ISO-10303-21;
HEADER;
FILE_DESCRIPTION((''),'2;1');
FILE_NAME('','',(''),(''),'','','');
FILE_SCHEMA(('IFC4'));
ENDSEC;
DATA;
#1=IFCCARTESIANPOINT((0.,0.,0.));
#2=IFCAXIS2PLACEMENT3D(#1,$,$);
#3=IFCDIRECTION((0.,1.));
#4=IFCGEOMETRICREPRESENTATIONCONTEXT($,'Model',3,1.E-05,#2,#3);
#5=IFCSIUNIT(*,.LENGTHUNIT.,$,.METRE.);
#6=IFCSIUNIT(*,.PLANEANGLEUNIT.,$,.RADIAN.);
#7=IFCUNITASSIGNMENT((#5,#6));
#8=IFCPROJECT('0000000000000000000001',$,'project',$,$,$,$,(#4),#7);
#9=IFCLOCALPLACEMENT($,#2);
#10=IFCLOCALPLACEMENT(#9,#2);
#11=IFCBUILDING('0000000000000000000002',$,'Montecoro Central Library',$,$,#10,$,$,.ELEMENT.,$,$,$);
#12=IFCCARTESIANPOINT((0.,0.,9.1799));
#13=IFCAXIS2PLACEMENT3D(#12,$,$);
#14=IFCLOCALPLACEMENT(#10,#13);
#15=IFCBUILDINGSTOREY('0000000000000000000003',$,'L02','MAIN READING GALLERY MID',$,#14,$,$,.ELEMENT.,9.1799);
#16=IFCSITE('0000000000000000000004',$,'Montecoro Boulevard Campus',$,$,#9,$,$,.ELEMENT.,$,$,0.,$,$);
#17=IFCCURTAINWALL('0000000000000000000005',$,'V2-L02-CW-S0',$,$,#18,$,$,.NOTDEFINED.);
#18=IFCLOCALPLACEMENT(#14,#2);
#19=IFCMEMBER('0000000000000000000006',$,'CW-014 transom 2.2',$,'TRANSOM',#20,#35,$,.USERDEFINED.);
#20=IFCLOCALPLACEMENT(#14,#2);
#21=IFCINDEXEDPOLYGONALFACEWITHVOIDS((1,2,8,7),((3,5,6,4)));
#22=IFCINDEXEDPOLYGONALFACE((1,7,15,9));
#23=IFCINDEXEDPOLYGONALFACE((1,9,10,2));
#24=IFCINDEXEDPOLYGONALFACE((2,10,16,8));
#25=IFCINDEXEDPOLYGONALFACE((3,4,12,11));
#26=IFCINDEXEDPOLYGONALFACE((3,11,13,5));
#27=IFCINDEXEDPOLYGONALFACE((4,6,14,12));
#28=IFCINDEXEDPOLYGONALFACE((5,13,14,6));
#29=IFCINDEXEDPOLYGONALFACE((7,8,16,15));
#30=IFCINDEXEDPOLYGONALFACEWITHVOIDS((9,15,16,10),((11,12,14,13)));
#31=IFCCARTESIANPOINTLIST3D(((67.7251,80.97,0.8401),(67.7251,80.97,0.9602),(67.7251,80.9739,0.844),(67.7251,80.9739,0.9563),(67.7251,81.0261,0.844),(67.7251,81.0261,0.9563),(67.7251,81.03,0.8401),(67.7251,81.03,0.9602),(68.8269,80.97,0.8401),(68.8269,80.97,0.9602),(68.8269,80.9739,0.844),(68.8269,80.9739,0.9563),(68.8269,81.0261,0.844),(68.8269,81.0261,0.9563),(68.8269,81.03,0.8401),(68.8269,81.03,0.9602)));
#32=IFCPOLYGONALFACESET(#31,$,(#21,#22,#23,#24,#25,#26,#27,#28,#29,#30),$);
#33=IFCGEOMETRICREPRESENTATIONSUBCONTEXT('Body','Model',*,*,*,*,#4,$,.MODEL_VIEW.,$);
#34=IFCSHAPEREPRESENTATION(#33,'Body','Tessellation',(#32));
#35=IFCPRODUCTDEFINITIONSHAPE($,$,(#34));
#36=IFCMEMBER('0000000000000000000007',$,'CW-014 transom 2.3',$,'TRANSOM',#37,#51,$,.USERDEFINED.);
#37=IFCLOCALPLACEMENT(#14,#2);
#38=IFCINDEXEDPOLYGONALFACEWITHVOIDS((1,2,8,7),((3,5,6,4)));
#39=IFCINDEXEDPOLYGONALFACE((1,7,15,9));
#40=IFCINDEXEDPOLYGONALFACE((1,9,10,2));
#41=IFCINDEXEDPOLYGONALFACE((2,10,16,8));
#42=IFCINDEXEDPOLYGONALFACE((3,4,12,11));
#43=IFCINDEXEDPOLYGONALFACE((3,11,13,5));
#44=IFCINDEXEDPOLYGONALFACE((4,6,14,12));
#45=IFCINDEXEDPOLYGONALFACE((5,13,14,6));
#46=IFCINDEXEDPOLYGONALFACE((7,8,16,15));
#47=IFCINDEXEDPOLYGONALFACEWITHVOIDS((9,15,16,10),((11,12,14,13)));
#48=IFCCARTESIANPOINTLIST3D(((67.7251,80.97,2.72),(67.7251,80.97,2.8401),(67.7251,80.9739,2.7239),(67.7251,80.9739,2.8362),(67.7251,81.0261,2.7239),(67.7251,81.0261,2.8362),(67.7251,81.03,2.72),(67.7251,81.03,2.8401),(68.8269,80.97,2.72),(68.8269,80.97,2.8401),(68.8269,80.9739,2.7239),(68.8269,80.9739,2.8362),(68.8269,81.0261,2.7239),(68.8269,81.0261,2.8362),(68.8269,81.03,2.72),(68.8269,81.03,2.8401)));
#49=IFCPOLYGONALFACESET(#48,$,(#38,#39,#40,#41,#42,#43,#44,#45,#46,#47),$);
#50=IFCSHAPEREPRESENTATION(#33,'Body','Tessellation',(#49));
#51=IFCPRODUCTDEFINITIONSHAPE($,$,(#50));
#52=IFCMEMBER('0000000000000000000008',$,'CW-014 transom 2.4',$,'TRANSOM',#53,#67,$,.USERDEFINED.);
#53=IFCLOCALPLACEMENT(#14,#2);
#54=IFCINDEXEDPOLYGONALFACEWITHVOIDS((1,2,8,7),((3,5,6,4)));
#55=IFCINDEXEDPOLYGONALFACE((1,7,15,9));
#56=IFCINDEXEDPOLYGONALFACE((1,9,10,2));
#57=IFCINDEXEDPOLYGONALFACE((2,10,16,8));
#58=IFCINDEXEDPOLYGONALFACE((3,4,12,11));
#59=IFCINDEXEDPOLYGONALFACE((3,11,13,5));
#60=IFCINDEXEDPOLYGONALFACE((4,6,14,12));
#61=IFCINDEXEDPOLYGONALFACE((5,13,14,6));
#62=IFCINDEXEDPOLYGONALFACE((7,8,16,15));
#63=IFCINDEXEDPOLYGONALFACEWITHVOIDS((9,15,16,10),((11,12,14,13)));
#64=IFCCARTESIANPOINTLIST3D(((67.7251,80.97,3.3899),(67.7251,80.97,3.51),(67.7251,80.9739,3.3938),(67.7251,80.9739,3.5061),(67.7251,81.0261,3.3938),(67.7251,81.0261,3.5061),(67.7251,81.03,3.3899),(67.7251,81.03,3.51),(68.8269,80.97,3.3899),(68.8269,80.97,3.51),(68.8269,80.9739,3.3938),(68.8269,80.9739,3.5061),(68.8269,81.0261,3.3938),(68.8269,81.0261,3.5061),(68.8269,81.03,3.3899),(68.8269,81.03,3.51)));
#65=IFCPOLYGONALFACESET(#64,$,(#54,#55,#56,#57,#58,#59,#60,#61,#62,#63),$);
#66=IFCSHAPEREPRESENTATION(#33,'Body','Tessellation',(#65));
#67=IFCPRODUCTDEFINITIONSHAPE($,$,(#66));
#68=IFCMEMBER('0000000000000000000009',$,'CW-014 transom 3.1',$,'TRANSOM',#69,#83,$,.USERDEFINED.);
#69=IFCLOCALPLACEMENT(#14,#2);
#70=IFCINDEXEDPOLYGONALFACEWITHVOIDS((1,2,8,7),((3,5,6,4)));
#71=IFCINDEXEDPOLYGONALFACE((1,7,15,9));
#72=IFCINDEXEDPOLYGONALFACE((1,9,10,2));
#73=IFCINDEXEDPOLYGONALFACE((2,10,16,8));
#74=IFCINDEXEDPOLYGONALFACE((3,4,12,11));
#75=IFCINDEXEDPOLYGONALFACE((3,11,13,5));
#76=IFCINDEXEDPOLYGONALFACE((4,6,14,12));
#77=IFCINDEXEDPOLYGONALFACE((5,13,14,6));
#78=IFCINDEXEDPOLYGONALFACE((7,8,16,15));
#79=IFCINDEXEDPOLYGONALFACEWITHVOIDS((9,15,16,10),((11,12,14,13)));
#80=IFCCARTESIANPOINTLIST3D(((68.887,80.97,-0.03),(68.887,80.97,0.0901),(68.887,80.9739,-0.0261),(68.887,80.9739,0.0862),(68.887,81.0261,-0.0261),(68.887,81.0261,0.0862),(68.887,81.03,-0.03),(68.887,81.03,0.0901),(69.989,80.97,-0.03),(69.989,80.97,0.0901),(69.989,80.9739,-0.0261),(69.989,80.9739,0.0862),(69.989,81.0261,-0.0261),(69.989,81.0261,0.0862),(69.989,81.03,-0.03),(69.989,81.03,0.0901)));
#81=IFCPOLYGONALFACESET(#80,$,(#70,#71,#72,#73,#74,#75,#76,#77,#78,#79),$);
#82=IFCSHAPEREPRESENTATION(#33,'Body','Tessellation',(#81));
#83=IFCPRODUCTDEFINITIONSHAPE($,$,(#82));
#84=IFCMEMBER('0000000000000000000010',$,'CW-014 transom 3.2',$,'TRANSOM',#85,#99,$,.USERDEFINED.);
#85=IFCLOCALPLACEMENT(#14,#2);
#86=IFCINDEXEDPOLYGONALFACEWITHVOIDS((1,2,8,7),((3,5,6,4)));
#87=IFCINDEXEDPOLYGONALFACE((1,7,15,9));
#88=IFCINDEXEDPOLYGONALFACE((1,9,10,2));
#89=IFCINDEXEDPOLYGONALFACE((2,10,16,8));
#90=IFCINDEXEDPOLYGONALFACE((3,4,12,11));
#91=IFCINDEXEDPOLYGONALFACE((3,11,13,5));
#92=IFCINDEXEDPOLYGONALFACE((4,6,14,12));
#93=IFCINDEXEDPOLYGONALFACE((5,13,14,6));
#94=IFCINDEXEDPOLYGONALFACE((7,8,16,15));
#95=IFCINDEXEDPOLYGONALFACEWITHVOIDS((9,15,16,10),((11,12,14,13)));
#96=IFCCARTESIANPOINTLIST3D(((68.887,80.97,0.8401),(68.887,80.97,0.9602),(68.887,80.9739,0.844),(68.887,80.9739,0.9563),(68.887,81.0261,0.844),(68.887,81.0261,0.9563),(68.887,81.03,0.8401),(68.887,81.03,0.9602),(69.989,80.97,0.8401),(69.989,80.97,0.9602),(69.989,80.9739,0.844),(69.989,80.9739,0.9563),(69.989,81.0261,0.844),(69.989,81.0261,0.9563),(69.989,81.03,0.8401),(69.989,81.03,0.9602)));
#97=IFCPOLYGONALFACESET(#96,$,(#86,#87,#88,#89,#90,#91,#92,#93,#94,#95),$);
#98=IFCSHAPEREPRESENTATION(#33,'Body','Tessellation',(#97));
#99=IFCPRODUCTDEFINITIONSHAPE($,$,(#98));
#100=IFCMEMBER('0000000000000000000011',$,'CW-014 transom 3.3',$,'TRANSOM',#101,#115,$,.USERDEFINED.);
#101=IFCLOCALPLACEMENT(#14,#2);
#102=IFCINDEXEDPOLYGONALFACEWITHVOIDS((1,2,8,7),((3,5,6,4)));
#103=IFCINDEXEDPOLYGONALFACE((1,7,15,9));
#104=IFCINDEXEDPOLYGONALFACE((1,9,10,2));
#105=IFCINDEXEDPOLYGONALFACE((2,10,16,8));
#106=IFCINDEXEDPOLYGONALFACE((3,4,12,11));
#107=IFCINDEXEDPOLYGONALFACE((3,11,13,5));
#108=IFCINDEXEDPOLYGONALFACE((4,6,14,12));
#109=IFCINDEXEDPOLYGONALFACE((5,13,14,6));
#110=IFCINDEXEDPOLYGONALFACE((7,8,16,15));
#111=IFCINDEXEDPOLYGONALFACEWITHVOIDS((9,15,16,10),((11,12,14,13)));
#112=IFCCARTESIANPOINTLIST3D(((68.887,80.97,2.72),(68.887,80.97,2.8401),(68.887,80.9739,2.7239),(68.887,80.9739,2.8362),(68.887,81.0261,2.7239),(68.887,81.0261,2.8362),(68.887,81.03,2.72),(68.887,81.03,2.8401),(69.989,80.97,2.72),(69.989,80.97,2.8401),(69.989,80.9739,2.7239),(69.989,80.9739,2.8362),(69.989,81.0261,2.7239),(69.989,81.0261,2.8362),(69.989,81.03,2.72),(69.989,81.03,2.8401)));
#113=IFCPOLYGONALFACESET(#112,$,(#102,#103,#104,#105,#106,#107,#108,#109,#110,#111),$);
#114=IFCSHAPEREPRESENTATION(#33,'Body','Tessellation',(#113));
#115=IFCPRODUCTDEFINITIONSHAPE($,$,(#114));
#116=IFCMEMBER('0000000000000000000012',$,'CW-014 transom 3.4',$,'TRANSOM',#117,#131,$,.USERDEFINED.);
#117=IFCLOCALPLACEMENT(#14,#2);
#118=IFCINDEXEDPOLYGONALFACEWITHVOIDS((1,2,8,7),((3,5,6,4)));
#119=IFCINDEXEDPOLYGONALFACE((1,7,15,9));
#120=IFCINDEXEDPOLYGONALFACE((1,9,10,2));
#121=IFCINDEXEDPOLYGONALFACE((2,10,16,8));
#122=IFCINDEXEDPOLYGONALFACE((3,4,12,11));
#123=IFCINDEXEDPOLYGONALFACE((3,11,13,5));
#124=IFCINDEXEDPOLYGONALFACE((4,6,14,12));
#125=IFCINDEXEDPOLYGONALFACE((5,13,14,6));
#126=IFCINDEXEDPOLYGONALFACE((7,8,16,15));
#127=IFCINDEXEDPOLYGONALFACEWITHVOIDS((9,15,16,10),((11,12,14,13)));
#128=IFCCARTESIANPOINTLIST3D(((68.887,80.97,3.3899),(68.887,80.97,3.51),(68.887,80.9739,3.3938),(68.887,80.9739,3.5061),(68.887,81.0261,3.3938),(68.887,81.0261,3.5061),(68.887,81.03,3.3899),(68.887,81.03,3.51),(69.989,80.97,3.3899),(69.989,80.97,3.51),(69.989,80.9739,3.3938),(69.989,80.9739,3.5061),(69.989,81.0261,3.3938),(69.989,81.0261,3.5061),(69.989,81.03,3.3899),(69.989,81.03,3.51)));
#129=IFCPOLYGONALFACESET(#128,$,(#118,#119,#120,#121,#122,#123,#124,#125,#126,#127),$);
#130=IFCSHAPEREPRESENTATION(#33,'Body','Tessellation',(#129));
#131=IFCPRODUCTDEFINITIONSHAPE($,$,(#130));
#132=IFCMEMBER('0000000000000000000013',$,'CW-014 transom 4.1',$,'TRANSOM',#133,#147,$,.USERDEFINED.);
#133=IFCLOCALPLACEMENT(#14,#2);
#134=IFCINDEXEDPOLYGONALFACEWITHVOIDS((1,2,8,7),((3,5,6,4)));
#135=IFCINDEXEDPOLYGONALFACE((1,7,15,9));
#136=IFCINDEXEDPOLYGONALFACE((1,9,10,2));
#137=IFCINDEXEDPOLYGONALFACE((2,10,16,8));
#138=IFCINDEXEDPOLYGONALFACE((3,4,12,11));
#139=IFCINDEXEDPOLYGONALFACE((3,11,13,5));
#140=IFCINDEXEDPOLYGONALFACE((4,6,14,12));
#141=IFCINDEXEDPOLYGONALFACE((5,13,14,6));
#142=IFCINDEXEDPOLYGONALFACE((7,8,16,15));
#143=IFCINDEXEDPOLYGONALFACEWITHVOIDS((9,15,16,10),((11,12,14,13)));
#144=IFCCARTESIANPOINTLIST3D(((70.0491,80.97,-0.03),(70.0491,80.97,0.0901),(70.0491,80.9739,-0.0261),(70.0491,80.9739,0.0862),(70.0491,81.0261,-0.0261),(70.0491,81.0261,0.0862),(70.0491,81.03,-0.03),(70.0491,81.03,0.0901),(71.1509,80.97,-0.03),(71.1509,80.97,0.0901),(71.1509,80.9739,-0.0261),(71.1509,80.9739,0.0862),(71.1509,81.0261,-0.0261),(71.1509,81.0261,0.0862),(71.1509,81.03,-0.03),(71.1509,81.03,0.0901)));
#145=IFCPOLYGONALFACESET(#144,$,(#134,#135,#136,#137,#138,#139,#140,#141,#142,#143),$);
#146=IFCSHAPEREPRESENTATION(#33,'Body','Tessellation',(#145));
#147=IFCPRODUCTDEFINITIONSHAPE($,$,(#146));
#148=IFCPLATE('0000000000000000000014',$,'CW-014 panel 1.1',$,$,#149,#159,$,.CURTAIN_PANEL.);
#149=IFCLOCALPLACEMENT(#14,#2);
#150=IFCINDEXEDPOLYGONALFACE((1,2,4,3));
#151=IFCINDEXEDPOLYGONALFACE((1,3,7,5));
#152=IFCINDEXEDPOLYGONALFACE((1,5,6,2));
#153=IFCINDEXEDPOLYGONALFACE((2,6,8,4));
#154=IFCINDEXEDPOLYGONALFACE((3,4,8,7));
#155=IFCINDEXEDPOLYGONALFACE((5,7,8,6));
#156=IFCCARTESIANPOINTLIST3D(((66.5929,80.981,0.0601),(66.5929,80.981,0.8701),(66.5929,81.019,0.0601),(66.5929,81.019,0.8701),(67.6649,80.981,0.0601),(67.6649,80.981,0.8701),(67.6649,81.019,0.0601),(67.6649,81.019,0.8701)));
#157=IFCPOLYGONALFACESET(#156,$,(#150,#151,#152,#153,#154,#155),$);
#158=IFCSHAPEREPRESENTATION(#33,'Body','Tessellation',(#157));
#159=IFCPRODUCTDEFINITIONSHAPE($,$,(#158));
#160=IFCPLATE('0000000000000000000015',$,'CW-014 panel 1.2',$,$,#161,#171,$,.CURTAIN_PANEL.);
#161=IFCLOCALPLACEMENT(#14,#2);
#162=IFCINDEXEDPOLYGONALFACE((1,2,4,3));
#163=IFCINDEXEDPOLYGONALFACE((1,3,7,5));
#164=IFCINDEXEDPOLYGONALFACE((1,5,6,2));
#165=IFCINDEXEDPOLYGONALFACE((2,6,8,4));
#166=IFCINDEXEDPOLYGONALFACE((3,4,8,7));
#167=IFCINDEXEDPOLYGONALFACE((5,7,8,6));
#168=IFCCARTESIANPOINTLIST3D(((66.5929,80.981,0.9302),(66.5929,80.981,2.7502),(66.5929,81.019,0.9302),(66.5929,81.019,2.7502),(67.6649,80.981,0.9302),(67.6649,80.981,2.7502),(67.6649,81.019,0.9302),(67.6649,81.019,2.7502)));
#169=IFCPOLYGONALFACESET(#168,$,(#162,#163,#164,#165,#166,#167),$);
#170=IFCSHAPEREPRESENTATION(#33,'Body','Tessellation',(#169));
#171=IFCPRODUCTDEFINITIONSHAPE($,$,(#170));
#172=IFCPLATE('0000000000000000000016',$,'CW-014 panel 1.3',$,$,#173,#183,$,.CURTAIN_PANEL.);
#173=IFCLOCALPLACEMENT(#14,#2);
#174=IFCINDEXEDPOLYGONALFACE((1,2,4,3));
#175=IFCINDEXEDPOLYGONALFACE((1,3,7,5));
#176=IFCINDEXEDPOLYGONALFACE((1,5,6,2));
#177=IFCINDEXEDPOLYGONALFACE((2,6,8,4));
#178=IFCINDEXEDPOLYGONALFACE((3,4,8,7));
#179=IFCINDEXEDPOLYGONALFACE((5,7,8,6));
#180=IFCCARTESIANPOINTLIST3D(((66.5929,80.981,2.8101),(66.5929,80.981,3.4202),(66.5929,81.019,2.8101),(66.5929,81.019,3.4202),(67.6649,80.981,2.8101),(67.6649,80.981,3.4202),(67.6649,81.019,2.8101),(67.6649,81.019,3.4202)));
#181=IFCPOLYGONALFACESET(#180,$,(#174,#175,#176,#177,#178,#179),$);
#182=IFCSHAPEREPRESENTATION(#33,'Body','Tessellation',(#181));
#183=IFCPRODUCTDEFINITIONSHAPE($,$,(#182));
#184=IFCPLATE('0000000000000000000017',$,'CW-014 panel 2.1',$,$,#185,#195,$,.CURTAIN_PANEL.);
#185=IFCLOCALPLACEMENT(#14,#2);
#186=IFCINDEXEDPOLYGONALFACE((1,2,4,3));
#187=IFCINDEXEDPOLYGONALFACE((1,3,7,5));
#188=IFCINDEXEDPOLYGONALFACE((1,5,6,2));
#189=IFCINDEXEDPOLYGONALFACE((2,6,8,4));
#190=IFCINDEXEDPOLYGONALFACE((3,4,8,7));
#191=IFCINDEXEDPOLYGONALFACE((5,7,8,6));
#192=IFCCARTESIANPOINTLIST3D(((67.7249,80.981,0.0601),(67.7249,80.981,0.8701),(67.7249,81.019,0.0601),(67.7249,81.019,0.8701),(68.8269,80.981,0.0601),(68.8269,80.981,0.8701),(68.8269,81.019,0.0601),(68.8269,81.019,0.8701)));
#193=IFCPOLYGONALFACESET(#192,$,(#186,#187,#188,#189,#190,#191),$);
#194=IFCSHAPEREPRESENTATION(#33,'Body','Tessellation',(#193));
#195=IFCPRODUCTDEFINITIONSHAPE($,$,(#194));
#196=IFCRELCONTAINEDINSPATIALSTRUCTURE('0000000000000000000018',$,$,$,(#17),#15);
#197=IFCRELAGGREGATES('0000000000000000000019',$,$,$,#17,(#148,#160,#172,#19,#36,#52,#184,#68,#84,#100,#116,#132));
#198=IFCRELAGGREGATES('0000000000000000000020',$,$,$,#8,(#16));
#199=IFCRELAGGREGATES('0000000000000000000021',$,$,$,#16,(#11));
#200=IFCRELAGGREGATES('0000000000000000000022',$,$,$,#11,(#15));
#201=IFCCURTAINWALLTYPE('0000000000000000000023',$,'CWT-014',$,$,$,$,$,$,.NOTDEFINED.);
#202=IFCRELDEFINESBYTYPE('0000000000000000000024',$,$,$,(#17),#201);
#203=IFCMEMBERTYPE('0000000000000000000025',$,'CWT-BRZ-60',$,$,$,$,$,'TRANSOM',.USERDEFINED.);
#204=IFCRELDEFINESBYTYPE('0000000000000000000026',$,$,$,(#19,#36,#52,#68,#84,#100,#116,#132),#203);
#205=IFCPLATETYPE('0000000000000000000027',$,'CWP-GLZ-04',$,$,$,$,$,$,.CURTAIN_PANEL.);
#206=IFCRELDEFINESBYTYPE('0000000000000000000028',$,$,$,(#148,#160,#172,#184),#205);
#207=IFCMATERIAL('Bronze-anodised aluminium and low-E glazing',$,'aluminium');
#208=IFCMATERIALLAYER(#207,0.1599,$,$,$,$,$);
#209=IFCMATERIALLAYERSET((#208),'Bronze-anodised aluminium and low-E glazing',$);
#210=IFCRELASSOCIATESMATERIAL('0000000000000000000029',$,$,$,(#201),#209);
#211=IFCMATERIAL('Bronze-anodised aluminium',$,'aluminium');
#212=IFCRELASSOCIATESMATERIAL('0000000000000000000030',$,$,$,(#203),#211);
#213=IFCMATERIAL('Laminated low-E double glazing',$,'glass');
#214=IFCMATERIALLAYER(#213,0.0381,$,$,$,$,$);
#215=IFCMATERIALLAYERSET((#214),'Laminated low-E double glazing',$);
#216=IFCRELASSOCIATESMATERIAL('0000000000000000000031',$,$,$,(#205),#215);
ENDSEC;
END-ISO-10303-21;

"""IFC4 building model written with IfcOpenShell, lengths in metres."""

from ifc_helpers import new_model, si_unit, direction, frame, origin, origin_2d, place, context, subcontext, project, spatial, rectangle, hollow_rectangle, extrude, material, layer, layer_set, material_profile, profile_set, type_object, element, aggregate, save


model = new_model("IFC4")

# Units and contexts
model_context = context("Model", 3, precision=1e-05, world=origin(), true_north=direction((0.0, 1.0)))
body_context = subcontext(model_context, "Body", "Model", "MODEL_VIEW")
ifc_project = project(units=[si_unit("LENGTHUNIT", "METRE"), si_unit("PLANEANGLEUNIT", "RADIAN")], contexts=[model_context])

# Site, building, storey
site_placement = place(None, origin())
site = spatial("IfcSite", under=ifc_project, at=site_placement, Name="Montecoro Boulevard Campus", CompositionType="ELEMENT", RefElevation=0.0)
building_placement = place(site_placement, origin())
building = spatial("IfcBuilding", under=site, at=building_placement, Name="Montecoro Central Library", CompositionType="ELEMENT")
storey_placement = place(building_placement, frame((0.0, 0.0, 9.1799)))
storey = spatial("IfcBuildingStorey", under=building, at=storey_placement, Name="L02", Description="MAIN READING GALLERY MID", CompositionType="ELEMENT", Elevation=9.1799)

# Curtain wall, members, plates
ifc_material_1 = material(Name="Bronze-anodised aluminium and low-E glazing", Category="aluminium")
ifc_layer_1 = layer(ifc_material_1, 0.1599)
ifc_layer_set_1 = layer_set([ifc_layer_1], Name="Bronze-anodised aluminium and low-E glazing")
curtain_wall_type = type_object("IfcCurtainWallType", Name="CWT-014", PredefinedType="NOTDEFINED", material=ifc_layer_set_1)
curtain_wall_placement = place(storey_placement, origin())
curtain_wall = element("IfcCurtainWall", 1, at=curtain_wall_placement, inside=storey, type_object=curtain_wall_type, Name="V2-L02-CW-S0", PredefinedType="NOTDEFINED")
ifc_material_2 = material(Name="Bronze-anodised aluminium", Category="aluminium")
ifc_material_profile_1 = material_profile(ifc_material_2, hollow_rectangle(XDim=0.0601, YDim=0.1201, WallThickness=0.0039, at=origin_2d()), Name="CWT 120x60x4.0")
ifc_profile_set_1 = profile_set([ifc_material_profile_1], Name="Bronze-anodised aluminium")
member_type_1 = type_object("IfcMemberType", Name="CWT-BRZ-60", ElementType="TRANSOM", PredefinedType="USERDEFINED", material=ifc_profile_set_1)
member_1_placement = place(storey_placement, frame((67.7251, 81.0, 0.9001), z_axis=(1.0, 0.0, 0.0), x_axis=(0.0, 1.0, 0.0)))
member_1 = element("IfcMember", 2, at=member_1_placement, type_object=member_type_1, Name="CW-014 transom 2.2", ObjectType="TRANSOM", PredefinedType="USERDEFINED", context=body_context, shape_type="SweptSolid", body=[
    extrude(hollow_rectangle(XDim=0.0601, YDim=0.1201, WallThickness=0.0039, at=origin_2d()), origin(), (0.0, 0.0, 1.0), 1.1018),
])
member_2_placement = place(storey_placement, frame((67.7251, 81.0, 2.78), z_axis=(1.0, 0.0, 0.0), x_axis=(0.0, 1.0, 0.0)))
member_2 = element("IfcMember", 3, at=member_2_placement, type_object=member_type_1, Name="CW-014 transom 2.3", ObjectType="TRANSOM", PredefinedType="USERDEFINED", context=body_context, shape_type="SweptSolid", body=[
    extrude(hollow_rectangle(XDim=0.0601, YDim=0.1201, WallThickness=0.0039, at=origin_2d()), origin(), (0.0, 0.0, 1.0), 1.1018),
])
member_3_placement = place(storey_placement, frame((67.7251, 81.0, 3.45), z_axis=(1.0, 0.0, 0.0), x_axis=(0.0, 1.0, 0.0)))
member_3 = element("IfcMember", 4, at=member_3_placement, type_object=member_type_1, Name="CW-014 transom 2.4", ObjectType="TRANSOM", PredefinedType="USERDEFINED", context=body_context, shape_type="SweptSolid", body=[
    extrude(hollow_rectangle(XDim=0.0601, YDim=0.1201, WallThickness=0.0039, at=origin_2d()), origin(), (0.0, 0.0, 1.0), 1.1018),
])
member_4_placement = place(storey_placement, frame((68.887, 81.0, 0.03), z_axis=(1.0, 0.0, 0.0), x_axis=(0.0, 1.0, 0.0)))
member_4 = element("IfcMember", 5, at=member_4_placement, type_object=member_type_1, Name="CW-014 transom 3.1", ObjectType="TRANSOM", PredefinedType="USERDEFINED", context=body_context, shape_type="SweptSolid", body=[
    extrude(hollow_rectangle(XDim=0.0601, YDim=0.1201, WallThickness=0.0039, at=origin_2d()), origin(), (0.0, 0.0, 1.0), 1.1021),
])
member_5_placement = place(storey_placement, frame((68.887, 81.0, 0.9001), z_axis=(1.0, 0.0, 0.0), x_axis=(0.0, 1.0, 0.0)))
member_5 = element("IfcMember", 6, at=member_5_placement, type_object=member_type_1, Name="CW-014 transom 3.2", ObjectType="TRANSOM", PredefinedType="USERDEFINED", context=body_context, shape_type="SweptSolid", body=[
    extrude(hollow_rectangle(XDim=0.0601, YDim=0.1201, WallThickness=0.0039, at=origin_2d()), origin(), (0.0, 0.0, 1.0), 1.1021),
])
member_6_placement = place(storey_placement, frame((68.887, 81.0, 2.78), z_axis=(1.0, 0.0, 0.0), x_axis=(0.0, 1.0, 0.0)))
member_6 = element("IfcMember", 7, at=member_6_placement, type_object=member_type_1, Name="CW-014 transom 3.3", ObjectType="TRANSOM", PredefinedType="USERDEFINED", context=body_context, shape_type="SweptSolid", body=[
    extrude(hollow_rectangle(XDim=0.0601, YDim=0.1201, WallThickness=0.0039, at=origin_2d()), origin(), (0.0, 0.0, 1.0), 1.1021),
])
member_7_placement = place(storey_placement, frame((68.887, 81.0, 3.45), z_axis=(1.0, 0.0, 0.0), x_axis=(0.0, 1.0, 0.0)))
member_7 = element("IfcMember", 8, at=member_7_placement, type_object=member_type_1, Name="CW-014 transom 3.4", ObjectType="TRANSOM", PredefinedType="USERDEFINED", context=body_context, shape_type="SweptSolid", body=[
    extrude(hollow_rectangle(XDim=0.0601, YDim=0.1201, WallThickness=0.0039, at=origin_2d()), origin(), (0.0, 0.0, 1.0), 1.1021),
])
member_8_placement = place(storey_placement, frame((70.0491, 81.0, 0.03), z_axis=(1.0, 0.0, 0.0), x_axis=(0.0, 1.0, 0.0)))
member_8 = element("IfcMember", 9, at=member_8_placement, type_object=member_type_1, Name="CW-014 transom 4.1", ObjectType="TRANSOM", PredefinedType="USERDEFINED", context=body_context, shape_type="SweptSolid", body=[
    extrude(hollow_rectangle(XDim=0.0601, YDim=0.1201, WallThickness=0.0039, at=origin_2d()), origin(), (0.0, 0.0, 1.0), 1.1018),
])
ifc_material_3 = material(Name="Laminated low-E double glazing", Category="glass")
ifc_layer_2 = layer(ifc_material_3, 0.0381)
ifc_layer_set_2 = layer_set([ifc_layer_2], Name="Laminated low-E double glazing")
plate_type = type_object("IfcPlateType", Name="CWP-GLZ-04", PredefinedType="CURTAIN_PANEL", material=ifc_layer_set_2)
plate_1_placement = place(storey_placement, frame((67.1289, 81.0, 0.0601), z_axis=(0.0, 0.0, 1.0), x_axis=(1.0, 0.0, 0.0)))
plate_1 = element("IfcPlate", 10, at=plate_1_placement, type_object=plate_type, Name="CW-014 panel 1.1", PredefinedType="CURTAIN_PANEL", context=body_context, shape_type="SweptSolid", body=[
    extrude(rectangle(XDim=1.072, YDim=0.0381, at=origin_2d()), origin(), (0.0, 0.0, 1.0), 0.8101),
])
plate_2_placement = place(storey_placement, frame((67.1289, 81.0, 0.9302), z_axis=(0.0, 0.0, 1.0), x_axis=(1.0, 0.0, 0.0)))
plate_2 = element("IfcPlate", 11, at=plate_2_placement, type_object=plate_type, Name="CW-014 panel 1.2", PredefinedType="CURTAIN_PANEL", context=body_context, shape_type="SweptSolid", body=[
    extrude(rectangle(XDim=1.072, YDim=0.0381, at=origin_2d()), origin(), (0.0, 0.0, 1.0), 1.8201),
])
plate_3_placement = place(storey_placement, frame((67.1289, 81.0, 2.8101), z_axis=(0.0, 0.0, 1.0), x_axis=(1.0, 0.0, 0.0)))
plate_3 = element("IfcPlate", 12, at=plate_3_placement, type_object=plate_type, Name="CW-014 panel 1.3", PredefinedType="CURTAIN_PANEL", context=body_context, shape_type="SweptSolid", body=[
    extrude(rectangle(XDim=1.072, YDim=0.0381, at=origin_2d()), origin(), (0.0, 0.0, 1.0), 0.6101),
])
plate_4_placement = place(storey_placement, frame((68.2759, 81.0, 0.0601), z_axis=(0.0, 0.0, 1.0), x_axis=(1.0, 0.0, 0.0)))
plate_4 = element("IfcPlate", 13, at=plate_4_placement, type_object=plate_type, Name="CW-014 panel 2.1", PredefinedType="CURTAIN_PANEL", context=body_context, shape_type="SweptSolid", body=[
    extrude(rectangle(XDim=1.1021, YDim=0.0381, at=origin_2d()), origin(), (0.0, 0.0, 1.0), 0.8101),
])
aggregate(curtain_wall, [plate_1, plate_2, plate_3, member_1, member_2, member_3, plate_4, member_4, member_5, member_6, member_7, member_8])

save(model, "model.ifc")
